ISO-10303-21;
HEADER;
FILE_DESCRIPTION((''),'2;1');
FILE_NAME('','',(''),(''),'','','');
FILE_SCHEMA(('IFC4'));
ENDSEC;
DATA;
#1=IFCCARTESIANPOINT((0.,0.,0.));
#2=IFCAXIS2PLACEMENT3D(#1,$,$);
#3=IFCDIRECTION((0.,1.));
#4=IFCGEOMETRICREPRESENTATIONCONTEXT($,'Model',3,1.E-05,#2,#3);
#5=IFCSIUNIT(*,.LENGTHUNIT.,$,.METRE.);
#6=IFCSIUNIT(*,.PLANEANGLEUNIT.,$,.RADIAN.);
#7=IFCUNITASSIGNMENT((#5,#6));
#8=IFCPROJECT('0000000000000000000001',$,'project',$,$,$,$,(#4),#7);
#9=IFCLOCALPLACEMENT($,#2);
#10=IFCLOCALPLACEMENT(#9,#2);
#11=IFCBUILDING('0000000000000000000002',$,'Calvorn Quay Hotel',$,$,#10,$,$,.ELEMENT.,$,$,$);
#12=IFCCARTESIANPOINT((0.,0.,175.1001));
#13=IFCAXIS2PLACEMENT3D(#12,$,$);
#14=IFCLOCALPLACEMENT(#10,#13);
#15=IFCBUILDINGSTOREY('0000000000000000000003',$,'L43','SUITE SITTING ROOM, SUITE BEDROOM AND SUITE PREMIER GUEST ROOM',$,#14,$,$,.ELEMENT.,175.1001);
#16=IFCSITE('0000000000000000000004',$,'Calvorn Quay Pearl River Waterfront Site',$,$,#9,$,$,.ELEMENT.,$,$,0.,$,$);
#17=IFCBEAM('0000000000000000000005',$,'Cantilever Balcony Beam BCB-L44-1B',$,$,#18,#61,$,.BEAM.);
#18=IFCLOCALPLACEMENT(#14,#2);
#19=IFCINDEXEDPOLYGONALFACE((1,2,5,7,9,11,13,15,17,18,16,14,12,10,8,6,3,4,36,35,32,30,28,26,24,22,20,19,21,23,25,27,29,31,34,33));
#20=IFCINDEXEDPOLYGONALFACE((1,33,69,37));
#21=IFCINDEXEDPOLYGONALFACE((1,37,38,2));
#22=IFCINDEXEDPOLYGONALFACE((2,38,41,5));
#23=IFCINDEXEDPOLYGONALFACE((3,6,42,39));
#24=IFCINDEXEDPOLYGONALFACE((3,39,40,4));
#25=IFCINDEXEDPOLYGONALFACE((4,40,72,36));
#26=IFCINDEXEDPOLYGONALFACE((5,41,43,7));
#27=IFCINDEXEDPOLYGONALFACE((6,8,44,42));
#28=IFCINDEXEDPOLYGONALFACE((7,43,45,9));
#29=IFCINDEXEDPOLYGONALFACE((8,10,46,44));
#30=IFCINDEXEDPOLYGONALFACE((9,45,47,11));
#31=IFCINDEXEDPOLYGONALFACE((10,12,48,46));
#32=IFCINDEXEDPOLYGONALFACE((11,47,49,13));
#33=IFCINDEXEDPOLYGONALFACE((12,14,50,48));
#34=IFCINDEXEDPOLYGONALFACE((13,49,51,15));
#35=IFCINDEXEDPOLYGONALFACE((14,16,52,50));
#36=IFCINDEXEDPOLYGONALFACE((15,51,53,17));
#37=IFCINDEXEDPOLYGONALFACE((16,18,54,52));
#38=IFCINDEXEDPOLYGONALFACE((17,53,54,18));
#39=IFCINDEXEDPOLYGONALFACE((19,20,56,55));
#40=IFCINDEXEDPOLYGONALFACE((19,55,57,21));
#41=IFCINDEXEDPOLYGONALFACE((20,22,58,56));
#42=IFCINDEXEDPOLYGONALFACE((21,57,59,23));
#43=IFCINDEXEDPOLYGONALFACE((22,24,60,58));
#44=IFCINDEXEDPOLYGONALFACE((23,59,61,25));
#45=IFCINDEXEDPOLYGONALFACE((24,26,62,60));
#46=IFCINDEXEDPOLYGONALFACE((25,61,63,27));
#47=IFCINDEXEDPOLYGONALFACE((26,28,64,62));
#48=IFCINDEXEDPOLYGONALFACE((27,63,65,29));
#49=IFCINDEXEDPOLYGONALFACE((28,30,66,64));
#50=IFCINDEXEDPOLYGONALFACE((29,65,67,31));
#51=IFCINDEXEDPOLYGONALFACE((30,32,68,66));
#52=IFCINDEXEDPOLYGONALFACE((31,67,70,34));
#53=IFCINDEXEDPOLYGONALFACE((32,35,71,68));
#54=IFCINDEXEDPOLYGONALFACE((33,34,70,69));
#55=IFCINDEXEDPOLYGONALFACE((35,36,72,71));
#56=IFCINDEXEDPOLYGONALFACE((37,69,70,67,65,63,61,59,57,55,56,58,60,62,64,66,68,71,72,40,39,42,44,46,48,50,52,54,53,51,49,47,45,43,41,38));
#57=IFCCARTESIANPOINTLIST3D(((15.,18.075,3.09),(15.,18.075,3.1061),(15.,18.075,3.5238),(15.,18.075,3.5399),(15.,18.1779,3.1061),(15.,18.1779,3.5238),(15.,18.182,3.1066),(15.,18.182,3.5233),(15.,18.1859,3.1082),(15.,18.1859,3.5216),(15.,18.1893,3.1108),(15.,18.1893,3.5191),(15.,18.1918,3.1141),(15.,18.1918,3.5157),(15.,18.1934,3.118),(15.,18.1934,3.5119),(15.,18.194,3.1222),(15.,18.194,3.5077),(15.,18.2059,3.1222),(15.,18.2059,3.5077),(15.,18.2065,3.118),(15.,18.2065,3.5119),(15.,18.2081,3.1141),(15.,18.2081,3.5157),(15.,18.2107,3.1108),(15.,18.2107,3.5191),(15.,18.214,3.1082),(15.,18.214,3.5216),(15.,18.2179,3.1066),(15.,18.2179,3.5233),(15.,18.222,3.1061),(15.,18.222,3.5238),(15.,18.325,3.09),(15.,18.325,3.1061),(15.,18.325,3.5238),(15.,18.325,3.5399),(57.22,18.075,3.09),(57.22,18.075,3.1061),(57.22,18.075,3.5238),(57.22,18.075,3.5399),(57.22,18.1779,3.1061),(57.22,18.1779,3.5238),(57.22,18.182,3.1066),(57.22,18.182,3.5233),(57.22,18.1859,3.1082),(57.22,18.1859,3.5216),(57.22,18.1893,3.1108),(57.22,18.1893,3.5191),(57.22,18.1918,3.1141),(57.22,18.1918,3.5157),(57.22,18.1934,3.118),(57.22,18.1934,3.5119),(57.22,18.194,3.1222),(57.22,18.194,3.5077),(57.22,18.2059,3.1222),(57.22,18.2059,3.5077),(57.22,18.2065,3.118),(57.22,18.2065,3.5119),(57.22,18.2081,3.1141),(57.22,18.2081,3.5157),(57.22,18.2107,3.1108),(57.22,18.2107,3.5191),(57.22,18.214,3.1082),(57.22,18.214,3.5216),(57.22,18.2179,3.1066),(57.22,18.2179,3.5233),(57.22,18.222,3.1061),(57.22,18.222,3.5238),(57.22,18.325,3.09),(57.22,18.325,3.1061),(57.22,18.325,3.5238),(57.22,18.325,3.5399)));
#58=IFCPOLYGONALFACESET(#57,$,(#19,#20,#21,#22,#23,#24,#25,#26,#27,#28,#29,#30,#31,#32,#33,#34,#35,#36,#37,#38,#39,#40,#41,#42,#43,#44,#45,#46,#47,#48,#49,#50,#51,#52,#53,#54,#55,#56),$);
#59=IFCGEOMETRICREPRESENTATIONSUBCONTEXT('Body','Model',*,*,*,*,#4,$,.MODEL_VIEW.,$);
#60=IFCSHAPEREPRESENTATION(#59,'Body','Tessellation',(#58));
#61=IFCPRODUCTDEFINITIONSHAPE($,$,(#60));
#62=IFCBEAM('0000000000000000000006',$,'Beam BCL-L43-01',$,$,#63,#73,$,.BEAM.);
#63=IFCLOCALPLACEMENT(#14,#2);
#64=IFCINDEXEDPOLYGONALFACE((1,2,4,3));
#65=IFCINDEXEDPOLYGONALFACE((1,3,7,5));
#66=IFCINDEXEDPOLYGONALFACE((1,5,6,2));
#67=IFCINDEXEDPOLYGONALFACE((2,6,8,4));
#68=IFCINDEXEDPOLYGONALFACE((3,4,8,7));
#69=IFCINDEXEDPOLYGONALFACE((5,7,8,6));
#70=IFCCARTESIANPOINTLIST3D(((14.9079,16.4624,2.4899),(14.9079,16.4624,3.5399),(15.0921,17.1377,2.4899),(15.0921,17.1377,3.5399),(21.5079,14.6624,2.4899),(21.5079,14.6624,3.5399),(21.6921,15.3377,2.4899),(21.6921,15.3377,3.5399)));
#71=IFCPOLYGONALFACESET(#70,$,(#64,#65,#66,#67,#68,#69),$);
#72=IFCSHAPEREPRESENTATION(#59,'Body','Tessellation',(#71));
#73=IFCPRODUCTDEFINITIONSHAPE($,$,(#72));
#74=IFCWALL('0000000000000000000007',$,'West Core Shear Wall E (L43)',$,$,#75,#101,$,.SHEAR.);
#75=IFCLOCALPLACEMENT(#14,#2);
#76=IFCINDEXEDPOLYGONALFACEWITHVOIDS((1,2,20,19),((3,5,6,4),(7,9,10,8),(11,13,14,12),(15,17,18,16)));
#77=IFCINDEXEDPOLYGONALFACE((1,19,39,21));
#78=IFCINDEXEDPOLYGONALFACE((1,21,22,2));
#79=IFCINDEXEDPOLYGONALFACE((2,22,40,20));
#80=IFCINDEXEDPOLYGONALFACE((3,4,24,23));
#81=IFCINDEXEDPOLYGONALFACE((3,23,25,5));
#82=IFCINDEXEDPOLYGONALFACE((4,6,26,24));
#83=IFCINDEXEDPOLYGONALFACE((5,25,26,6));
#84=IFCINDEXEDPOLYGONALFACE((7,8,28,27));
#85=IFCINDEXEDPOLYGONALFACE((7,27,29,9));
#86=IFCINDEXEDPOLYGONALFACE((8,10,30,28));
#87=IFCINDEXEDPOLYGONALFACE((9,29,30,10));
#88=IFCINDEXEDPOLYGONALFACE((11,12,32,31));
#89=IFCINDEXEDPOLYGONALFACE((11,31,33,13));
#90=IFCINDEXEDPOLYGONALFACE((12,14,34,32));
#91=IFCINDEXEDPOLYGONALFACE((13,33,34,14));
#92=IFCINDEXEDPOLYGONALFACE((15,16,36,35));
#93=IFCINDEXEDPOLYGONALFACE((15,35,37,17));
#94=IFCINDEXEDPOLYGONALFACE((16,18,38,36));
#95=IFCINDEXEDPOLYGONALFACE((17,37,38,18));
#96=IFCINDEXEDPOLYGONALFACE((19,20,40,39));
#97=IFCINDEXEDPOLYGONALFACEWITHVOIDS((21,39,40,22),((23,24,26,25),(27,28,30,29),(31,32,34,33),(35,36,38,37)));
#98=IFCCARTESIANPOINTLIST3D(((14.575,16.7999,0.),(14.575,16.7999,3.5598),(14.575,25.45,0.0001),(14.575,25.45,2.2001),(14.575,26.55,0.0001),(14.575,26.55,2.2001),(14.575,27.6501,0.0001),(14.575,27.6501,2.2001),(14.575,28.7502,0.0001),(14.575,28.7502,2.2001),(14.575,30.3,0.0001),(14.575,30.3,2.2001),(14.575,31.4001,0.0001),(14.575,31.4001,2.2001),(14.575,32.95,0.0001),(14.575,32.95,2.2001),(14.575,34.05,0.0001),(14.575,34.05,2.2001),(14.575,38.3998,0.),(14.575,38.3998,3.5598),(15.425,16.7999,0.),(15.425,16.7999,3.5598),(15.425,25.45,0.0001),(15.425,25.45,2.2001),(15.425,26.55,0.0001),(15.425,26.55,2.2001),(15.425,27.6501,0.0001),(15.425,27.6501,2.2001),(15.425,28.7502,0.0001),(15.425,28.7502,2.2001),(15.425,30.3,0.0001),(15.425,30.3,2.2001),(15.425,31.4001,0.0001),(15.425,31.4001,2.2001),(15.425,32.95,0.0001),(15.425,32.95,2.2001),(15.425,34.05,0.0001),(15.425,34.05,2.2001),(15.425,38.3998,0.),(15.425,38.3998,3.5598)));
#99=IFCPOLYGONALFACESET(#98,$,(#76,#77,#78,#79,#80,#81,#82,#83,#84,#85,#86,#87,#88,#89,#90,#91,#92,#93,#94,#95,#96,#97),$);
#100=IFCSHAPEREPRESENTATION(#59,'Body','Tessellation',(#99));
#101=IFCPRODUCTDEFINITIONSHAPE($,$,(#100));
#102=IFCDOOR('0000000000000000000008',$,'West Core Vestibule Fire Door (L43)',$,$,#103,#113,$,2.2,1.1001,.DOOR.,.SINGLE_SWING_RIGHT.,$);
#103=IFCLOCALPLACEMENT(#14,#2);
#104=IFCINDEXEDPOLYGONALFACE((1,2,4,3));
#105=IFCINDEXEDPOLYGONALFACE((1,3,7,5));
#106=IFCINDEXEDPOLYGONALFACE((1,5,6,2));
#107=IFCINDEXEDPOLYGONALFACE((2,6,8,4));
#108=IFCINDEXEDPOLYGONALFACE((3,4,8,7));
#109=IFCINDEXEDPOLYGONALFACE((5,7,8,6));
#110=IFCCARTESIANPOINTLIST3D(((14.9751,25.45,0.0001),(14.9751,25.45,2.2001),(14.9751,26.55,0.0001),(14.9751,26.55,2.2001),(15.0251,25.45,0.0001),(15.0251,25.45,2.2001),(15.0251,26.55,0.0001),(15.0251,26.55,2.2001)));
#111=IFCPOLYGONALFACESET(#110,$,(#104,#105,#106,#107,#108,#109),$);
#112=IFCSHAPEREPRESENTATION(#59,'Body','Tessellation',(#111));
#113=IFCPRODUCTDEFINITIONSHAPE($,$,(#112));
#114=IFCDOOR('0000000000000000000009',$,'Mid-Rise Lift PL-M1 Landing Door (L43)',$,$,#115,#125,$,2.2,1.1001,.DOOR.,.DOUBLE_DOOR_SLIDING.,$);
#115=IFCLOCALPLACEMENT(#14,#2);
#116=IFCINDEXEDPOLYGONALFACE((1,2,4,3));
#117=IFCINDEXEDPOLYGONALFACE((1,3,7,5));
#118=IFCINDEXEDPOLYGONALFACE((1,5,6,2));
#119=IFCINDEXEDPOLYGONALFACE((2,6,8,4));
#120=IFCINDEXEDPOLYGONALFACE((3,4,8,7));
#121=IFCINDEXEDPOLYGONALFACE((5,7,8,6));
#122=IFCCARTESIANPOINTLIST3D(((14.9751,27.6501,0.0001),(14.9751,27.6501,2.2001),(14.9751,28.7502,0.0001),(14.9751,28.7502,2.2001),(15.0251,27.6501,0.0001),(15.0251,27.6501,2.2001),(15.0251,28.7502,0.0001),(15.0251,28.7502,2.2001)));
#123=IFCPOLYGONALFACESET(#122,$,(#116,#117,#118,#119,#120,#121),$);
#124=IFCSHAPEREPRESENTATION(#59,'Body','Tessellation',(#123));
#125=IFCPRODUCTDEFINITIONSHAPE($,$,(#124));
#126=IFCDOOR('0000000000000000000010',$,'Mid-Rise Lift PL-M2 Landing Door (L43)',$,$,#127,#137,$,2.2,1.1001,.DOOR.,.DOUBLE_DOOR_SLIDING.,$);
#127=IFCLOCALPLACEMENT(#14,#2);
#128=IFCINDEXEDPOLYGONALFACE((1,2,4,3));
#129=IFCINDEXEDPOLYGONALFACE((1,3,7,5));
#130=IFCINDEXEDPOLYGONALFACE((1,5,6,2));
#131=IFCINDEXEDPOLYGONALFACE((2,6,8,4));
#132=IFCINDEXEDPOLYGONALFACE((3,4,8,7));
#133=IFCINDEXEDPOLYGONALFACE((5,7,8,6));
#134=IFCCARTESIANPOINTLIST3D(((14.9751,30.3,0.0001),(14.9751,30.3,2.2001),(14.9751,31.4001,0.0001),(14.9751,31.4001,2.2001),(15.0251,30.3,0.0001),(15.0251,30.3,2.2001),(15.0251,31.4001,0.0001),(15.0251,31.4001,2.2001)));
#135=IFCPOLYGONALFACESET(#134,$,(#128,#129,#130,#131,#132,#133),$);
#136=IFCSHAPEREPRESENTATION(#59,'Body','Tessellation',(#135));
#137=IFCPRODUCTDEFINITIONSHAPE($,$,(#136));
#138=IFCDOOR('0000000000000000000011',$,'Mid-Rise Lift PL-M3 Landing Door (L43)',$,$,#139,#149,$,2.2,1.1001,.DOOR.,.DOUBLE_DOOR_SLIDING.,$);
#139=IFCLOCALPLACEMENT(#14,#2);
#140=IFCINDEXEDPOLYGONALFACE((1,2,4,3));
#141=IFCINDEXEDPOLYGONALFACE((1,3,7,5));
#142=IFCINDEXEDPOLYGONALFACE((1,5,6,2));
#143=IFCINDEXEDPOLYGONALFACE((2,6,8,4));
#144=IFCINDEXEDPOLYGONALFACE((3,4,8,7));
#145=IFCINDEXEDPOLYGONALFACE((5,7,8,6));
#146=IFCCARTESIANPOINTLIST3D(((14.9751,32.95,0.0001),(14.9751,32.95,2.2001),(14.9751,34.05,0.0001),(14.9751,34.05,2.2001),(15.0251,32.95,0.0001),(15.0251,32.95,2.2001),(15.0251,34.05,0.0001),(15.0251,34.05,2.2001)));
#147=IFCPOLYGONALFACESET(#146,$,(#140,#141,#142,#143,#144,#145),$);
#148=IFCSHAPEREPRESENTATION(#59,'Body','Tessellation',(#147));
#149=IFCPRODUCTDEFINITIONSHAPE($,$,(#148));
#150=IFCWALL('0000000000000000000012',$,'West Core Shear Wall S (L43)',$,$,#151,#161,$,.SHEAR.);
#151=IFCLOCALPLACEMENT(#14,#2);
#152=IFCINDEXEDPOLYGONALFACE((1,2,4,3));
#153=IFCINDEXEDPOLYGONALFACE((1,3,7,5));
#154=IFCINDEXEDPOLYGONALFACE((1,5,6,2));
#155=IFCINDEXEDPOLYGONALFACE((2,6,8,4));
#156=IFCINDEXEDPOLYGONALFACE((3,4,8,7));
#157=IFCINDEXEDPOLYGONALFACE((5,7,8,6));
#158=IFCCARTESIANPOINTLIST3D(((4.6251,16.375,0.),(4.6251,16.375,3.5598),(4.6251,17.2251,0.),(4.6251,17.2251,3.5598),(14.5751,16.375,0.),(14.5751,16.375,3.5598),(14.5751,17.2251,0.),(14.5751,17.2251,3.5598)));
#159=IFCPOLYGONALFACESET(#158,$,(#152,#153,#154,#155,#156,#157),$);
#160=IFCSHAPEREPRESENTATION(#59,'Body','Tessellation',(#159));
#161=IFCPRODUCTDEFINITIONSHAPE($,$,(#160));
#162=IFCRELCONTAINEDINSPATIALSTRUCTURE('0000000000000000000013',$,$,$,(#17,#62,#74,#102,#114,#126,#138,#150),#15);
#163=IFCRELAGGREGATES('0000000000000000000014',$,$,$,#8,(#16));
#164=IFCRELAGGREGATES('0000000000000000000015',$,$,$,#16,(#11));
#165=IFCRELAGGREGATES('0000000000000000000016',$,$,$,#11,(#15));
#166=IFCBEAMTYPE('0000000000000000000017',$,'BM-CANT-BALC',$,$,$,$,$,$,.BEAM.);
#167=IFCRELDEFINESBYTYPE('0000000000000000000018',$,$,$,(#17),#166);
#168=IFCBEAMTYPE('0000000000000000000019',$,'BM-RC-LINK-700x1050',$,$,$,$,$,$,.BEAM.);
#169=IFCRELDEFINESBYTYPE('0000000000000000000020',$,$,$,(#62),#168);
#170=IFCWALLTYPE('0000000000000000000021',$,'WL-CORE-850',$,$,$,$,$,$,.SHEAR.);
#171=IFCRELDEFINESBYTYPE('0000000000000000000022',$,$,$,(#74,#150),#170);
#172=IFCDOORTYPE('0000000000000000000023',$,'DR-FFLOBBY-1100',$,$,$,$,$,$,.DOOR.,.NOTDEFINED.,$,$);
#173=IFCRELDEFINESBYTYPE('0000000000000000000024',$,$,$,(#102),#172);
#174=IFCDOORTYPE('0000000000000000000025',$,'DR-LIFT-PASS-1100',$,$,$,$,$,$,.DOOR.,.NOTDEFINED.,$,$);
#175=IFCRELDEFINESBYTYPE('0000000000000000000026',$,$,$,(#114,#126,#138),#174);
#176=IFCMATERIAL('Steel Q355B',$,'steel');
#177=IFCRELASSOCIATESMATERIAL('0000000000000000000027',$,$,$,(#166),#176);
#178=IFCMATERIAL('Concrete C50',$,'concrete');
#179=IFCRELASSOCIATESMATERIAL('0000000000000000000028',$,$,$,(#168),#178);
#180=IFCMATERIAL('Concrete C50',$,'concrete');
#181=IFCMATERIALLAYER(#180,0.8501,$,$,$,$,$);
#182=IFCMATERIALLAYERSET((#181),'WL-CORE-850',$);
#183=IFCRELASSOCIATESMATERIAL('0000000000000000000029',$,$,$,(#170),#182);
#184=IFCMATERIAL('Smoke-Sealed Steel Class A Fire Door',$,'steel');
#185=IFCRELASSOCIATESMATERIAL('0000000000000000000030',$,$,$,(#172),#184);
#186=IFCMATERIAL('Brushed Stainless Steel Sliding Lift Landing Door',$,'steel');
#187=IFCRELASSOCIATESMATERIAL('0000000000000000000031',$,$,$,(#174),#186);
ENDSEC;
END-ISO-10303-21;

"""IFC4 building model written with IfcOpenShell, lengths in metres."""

from ifc_helpers import new_model, si_unit, direction, frame, frame_2d, origin, origin_2d, place, context, subcontext, project, spatial, rectangle, i_section, extrude, material, layer, layer_set, material_profile, profile_set, type_object, element, fill, save


model = new_model("IFC4")

# Units and contexts
model_context = context("Model", 3, precision=1e-05, world=origin(), true_north=direction((0.0, 1.0)))
body_context = subcontext(model_context, "Body", "Model", "MODEL_VIEW")
ifc_project = project(units=[si_unit("LENGTHUNIT", "METRE"), si_unit("PLANEANGLEUNIT", "RADIAN")], contexts=[model_context])

# Site, building, storey
site_placement = place(None, origin())
site = spatial("IfcSite", under=ifc_project, at=site_placement, Name="Calvorn Quay Pearl River Waterfront Site", CompositionType="ELEMENT", RefElevation=0.0)
building_placement = place(site_placement, origin())
building = spatial("IfcBuilding", under=site, at=building_placement, Name="Calvorn Quay Hotel", CompositionType="ELEMENT")
storey_placement = place(building_placement, frame((0.0, 0.0, 175.1001)))
storey = spatial("IfcBuildingStorey", under=building, at=storey_placement, Name="L43", Description="SUITE SITTING ROOM, SUITE BEDROOM AND SUITE PREMIER GUEST ROOM", CompositionType="ELEMENT", Elevation=175.1001)

# Beams
ifc_material_1 = material(Name="Steel Q355B", Category="steel")
ifc_material_profile_1 = material_profile(ifc_material_1, i_section(OverallWidth=0.25, OverallDepth=0.45, WebThickness=0.012, FlangeThickness=0.0161, FilletRadius=0.0161, at=origin_2d()), Name="HN450x250x12x16")
ifc_profile_set_1 = profile_set([ifc_material_profile_1], Name="Steel Q355B")
beam_type_1 = type_object("IfcBeamType", Name="BM-CANT-BALC", PredefinedType="BEAM", material=ifc_profile_set_1)
beam_1_placement = place(storey_placement, frame((15.0, 18.2, 3.3149), z_axis=(1.0, 0.0, 0.0), x_axis=(0.0, 1.0, 0.0)))
element("IfcBeam", 1, at=beam_1_placement, inside=storey, type_object=beam_type_1, Name="Cantilever Balcony Beam BCB-L44-1B", PredefinedType="BEAM", context=body_context, shape_type="SweptSolid", body=[
    extrude(i_section(OverallWidth=0.25, OverallDepth=0.45, WebThickness=0.012, FlangeThickness=0.0161, FilletRadius=0.0161, at=origin_2d()), origin(), (0.0, 0.0, 1.0), 42.22),
])
ifc_material_2 = material(Name="Concrete C50", Category="concrete")
ifc_material_profile_2 = material_profile(ifc_material_2, rectangle(XDim=0.7, YDim=1.05, at=origin_2d()), Name="RCB700x1050")
ifc_profile_set_2 = profile_set([ifc_material_profile_2], Name="Concrete C50")
beam_type_2 = type_object("IfcBeamType", Name="BM-RC-LINK-700x1050", PredefinedType="BEAM", material=ifc_profile_set_2)
beam_2_placement = place(storey_placement, frame((15.0, 16.8, 3.0149), z_axis=(0.964763, -0.26312, 0.0), x_axis=(0.26312, 0.964763, 0.0)))
element("IfcBeam", 2, at=beam_2_placement, inside=storey, type_object=beam_type_2, Name="Beam BCL-L43-01", PredefinedType="BEAM", context=body_context, shape_type="SweptSolid", body=[
    extrude(rectangle(XDim=0.7, YDim=1.05, at=origin_2d()), origin(), (0.0, 0.0, 1.0), 6.8411),
])

# Wall, openings, doors
ifc_material_3 = material(Name="Concrete C50", Category="concrete")
ifc_layer_1 = layer(ifc_material_3, 0.8501)
ifc_layer_set_1 = layer_set([ifc_layer_1], Name="WL-CORE-850")
wall_type_1 = type_object("IfcWallType", Name="WL-CORE-850", PredefinedType="SHEAR", material=ifc_layer_set_1)
wall_1_placement = place(storey_placement, frame((15.0, 16.8, 0.0), z_axis=(0.0, 0.0, 1.0), x_axis=(0.0, 1.0, 0.0)))
wall_1 = element("IfcWall", 3, at=wall_1_placement, inside=storey, type_object=wall_type_1, Name="West Core Shear Wall E (L43)", PredefinedType="SHEAR", context=body_context, shape_type="SweptSolid", body=[
    extrude(rectangle(XDim=21.5999, YDim=0.8501, at=frame_2d((10.7998, 0.0))), origin(), (0.0, 0.0, 1.0), 3.5598),
])
opening_1_placement = place(wall_1_placement, frame((8.6499, 0.0, 0.0)))
opening_1 = element("IfcOpeningElement", 4, at=opening_1_placement, cuts=wall_1, PredefinedType="OPENING", context=body_context, shape_type="SweptSolid", body=[
    extrude(rectangle(XDim=1.1001, YDim=2.2, at=frame_2d((0.55, 1.1001))), frame((0.0, 0.4351, 0.0), z_axis=(0.0, -1.0, 0.0), x_axis=(1.0, 0.0, 0.0)), (0.0, 0.0, 1.0), 0.8701),
])
opening_2_placement = place(wall_1_placement, frame((10.8501, 0.0, 0.0)))
opening_2 = element("IfcOpeningElement", 5, at=opening_2_placement, cuts=wall_1, PredefinedType="OPENING", context=body_context, shape_type="SweptSolid", body=[
    extrude(rectangle(XDim=1.1001, YDim=2.2, at=frame_2d((0.55, 1.1001))), frame((0.0, 0.4351, 0.0), z_axis=(0.0, -1.0, 0.0), x_axis=(1.0, 0.0, 0.0)), (0.0, 0.0, 1.0), 0.8701),
])
opening_3_placement = place(wall_1_placement, frame((13.5, 0.0, 0.0)))
opening_3 = element("IfcOpeningElement", 6, at=opening_3_placement, cuts=wall_1, PredefinedType="OPENING", context=body_context, shape_type="SweptSolid", body=[
    extrude(rectangle(XDim=1.1001, YDim=2.2, at=frame_2d((0.55, 1.1001))), frame((0.0, 0.4351, 0.0), z_axis=(0.0, -1.0, 0.0), x_axis=(1.0, 0.0, 0.0)), (0.0, 0.0, 1.0), 0.8701),
])
opening_4_placement = place(wall_1_placement, frame((16.1499, 0.0, 0.0)))
opening_4 = element("IfcOpeningElement", 7, at=opening_4_placement, cuts=wall_1, PredefinedType="OPENING", context=body_context, shape_type="SweptSolid", body=[
    extrude(rectangle(XDim=1.1001, YDim=2.2, at=frame_2d((0.55, 1.1001))), frame((0.0, 0.4351, 0.0), z_axis=(0.0, -1.0, 0.0), x_axis=(1.0, 0.0, 0.0)), (0.0, 0.0, 1.0), 0.8701),
])
ifc_material_4 = material(Name="Smoke-Sealed Steel Class A Fire Door", Category="steel")
door_type_1 = type_object("IfcDoorType", Name="DR-FFLOBBY-1100", OperationType="NOTDEFINED", PredefinedType="DOOR", material=ifc_material_4)
door_1_placement = place(opening_1_placement, origin())
door_1 = element("IfcDoor", 8, at=door_1_placement, inside=storey, type_object=door_type_1, Name="West Core Vestibule Fire Door (L43)", OperationType="SINGLE_SWING_RIGHT", OverallHeight=2.2, OverallWidth=1.1001, PredefinedType="DOOR", context=body_context, shape_type="SweptSolid", body=[
    extrude(rectangle(XDim=1.1001, YDim=2.2, at=frame_2d((0.55, 1.1001))), frame((0.0, 0.0249, 0.0), z_axis=(0.0, -1.0, 0.0), x_axis=(1.0, 0.0, 0.0)), (0.0, 0.0, 1.0), 0.05),
])
fill(opening_1, door_1)
ifc_material_5 = material(Name="Brushed Stainless Steel Sliding Lift Landing Door", Category="steel")
door_type_2 = type_object("IfcDoorType", Name="DR-LIFT-PASS-1100", OperationType="NOTDEFINED", PredefinedType="DOOR", material=ifc_material_5)
door_2_placement = place(opening_2_placement, origin())
door_2 = element("IfcDoor", 9, at=door_2_placement, inside=storey, type_object=door_type_2, Name="Mid-Rise Lift PL-M1 Landing Door (L43)", OperationType="DOUBLE_DOOR_SLIDING", OverallHeight=2.2, OverallWidth=1.1001, PredefinedType="DOOR", context=body_context, shape_type="SweptSolid", body=[
    extrude(rectangle(XDim=1.1001, YDim=2.2, at=frame_2d((0.55, 1.1001))), frame((0.0, 0.0249, 0.0), z_axis=(0.0, -1.0, 0.0), x_axis=(1.0, 0.0, 0.0)), (0.0, 0.0, 1.0), 0.05),
])
fill(opening_2, door_2)
door_3_placement = place(opening_3_placement, origin())
door_3 = element("IfcDoor", 10, at=door_3_placement, inside=storey, type_object=door_type_2, Name="Mid-Rise Lift PL-M2 Landing Door (L43)", OperationType="DOUBLE_DOOR_SLIDING", OverallHeight=2.2, OverallWidth=1.1001, PredefinedType="DOOR", context=body_context, shape_type="SweptSolid", body=[
    extrude(rectangle(XDim=1.1001, YDim=2.2, at=frame_2d((0.55, 1.1001))), frame((0.0, 0.0249, 0.0), z_axis=(0.0, -1.0, 0.0), x_axis=(1.0, 0.0, 0.0)), (0.0, 0.0, 1.0), 0.05),
])
fill(opening_3, door_3)
door_4_placement = place(opening_4_placement, origin())
door_4 = element("IfcDoor", 11, at=door_4_placement, inside=storey, type_object=door_type_2, Name="Mid-Rise Lift PL-M3 Landing Door (L43)", OperationType="DOUBLE_DOOR_SLIDING", OverallHeight=2.2, OverallWidth=1.1001, PredefinedType="DOOR", context=body_context, shape_type="SweptSolid", body=[
    extrude(rectangle(XDim=1.1001, YDim=2.2, at=frame_2d((0.55, 1.1001))), frame((0.0, 0.0249, 0.0), z_axis=(0.0, -1.0, 0.0), x_axis=(1.0, 0.0, 0.0)), (0.0, 0.0, 1.0), 0.05),
])
fill(opening_4, door_4)

# Wall
wall_2_placement = place(storey_placement, frame((4.625, 16.8, 0.0), z_axis=(0.0, 0.0, 1.0), x_axis=(1.0, 0.0, 0.0)))
element("IfcWall", 12, at=wall_2_placement, inside=storey, type_object=wall_type_1, Name="West Core Shear Wall S (L43)", PredefinedType="SHEAR", context=body_context, shape_type="SweptSolid", body=[
    extrude(rectangle(XDim=9.95, YDim=0.8501, at=frame_2d((4.9751, 0.0))), origin(), (0.0, 0.0, 1.0), 3.5598),
])

save(model, "model.ifc")
